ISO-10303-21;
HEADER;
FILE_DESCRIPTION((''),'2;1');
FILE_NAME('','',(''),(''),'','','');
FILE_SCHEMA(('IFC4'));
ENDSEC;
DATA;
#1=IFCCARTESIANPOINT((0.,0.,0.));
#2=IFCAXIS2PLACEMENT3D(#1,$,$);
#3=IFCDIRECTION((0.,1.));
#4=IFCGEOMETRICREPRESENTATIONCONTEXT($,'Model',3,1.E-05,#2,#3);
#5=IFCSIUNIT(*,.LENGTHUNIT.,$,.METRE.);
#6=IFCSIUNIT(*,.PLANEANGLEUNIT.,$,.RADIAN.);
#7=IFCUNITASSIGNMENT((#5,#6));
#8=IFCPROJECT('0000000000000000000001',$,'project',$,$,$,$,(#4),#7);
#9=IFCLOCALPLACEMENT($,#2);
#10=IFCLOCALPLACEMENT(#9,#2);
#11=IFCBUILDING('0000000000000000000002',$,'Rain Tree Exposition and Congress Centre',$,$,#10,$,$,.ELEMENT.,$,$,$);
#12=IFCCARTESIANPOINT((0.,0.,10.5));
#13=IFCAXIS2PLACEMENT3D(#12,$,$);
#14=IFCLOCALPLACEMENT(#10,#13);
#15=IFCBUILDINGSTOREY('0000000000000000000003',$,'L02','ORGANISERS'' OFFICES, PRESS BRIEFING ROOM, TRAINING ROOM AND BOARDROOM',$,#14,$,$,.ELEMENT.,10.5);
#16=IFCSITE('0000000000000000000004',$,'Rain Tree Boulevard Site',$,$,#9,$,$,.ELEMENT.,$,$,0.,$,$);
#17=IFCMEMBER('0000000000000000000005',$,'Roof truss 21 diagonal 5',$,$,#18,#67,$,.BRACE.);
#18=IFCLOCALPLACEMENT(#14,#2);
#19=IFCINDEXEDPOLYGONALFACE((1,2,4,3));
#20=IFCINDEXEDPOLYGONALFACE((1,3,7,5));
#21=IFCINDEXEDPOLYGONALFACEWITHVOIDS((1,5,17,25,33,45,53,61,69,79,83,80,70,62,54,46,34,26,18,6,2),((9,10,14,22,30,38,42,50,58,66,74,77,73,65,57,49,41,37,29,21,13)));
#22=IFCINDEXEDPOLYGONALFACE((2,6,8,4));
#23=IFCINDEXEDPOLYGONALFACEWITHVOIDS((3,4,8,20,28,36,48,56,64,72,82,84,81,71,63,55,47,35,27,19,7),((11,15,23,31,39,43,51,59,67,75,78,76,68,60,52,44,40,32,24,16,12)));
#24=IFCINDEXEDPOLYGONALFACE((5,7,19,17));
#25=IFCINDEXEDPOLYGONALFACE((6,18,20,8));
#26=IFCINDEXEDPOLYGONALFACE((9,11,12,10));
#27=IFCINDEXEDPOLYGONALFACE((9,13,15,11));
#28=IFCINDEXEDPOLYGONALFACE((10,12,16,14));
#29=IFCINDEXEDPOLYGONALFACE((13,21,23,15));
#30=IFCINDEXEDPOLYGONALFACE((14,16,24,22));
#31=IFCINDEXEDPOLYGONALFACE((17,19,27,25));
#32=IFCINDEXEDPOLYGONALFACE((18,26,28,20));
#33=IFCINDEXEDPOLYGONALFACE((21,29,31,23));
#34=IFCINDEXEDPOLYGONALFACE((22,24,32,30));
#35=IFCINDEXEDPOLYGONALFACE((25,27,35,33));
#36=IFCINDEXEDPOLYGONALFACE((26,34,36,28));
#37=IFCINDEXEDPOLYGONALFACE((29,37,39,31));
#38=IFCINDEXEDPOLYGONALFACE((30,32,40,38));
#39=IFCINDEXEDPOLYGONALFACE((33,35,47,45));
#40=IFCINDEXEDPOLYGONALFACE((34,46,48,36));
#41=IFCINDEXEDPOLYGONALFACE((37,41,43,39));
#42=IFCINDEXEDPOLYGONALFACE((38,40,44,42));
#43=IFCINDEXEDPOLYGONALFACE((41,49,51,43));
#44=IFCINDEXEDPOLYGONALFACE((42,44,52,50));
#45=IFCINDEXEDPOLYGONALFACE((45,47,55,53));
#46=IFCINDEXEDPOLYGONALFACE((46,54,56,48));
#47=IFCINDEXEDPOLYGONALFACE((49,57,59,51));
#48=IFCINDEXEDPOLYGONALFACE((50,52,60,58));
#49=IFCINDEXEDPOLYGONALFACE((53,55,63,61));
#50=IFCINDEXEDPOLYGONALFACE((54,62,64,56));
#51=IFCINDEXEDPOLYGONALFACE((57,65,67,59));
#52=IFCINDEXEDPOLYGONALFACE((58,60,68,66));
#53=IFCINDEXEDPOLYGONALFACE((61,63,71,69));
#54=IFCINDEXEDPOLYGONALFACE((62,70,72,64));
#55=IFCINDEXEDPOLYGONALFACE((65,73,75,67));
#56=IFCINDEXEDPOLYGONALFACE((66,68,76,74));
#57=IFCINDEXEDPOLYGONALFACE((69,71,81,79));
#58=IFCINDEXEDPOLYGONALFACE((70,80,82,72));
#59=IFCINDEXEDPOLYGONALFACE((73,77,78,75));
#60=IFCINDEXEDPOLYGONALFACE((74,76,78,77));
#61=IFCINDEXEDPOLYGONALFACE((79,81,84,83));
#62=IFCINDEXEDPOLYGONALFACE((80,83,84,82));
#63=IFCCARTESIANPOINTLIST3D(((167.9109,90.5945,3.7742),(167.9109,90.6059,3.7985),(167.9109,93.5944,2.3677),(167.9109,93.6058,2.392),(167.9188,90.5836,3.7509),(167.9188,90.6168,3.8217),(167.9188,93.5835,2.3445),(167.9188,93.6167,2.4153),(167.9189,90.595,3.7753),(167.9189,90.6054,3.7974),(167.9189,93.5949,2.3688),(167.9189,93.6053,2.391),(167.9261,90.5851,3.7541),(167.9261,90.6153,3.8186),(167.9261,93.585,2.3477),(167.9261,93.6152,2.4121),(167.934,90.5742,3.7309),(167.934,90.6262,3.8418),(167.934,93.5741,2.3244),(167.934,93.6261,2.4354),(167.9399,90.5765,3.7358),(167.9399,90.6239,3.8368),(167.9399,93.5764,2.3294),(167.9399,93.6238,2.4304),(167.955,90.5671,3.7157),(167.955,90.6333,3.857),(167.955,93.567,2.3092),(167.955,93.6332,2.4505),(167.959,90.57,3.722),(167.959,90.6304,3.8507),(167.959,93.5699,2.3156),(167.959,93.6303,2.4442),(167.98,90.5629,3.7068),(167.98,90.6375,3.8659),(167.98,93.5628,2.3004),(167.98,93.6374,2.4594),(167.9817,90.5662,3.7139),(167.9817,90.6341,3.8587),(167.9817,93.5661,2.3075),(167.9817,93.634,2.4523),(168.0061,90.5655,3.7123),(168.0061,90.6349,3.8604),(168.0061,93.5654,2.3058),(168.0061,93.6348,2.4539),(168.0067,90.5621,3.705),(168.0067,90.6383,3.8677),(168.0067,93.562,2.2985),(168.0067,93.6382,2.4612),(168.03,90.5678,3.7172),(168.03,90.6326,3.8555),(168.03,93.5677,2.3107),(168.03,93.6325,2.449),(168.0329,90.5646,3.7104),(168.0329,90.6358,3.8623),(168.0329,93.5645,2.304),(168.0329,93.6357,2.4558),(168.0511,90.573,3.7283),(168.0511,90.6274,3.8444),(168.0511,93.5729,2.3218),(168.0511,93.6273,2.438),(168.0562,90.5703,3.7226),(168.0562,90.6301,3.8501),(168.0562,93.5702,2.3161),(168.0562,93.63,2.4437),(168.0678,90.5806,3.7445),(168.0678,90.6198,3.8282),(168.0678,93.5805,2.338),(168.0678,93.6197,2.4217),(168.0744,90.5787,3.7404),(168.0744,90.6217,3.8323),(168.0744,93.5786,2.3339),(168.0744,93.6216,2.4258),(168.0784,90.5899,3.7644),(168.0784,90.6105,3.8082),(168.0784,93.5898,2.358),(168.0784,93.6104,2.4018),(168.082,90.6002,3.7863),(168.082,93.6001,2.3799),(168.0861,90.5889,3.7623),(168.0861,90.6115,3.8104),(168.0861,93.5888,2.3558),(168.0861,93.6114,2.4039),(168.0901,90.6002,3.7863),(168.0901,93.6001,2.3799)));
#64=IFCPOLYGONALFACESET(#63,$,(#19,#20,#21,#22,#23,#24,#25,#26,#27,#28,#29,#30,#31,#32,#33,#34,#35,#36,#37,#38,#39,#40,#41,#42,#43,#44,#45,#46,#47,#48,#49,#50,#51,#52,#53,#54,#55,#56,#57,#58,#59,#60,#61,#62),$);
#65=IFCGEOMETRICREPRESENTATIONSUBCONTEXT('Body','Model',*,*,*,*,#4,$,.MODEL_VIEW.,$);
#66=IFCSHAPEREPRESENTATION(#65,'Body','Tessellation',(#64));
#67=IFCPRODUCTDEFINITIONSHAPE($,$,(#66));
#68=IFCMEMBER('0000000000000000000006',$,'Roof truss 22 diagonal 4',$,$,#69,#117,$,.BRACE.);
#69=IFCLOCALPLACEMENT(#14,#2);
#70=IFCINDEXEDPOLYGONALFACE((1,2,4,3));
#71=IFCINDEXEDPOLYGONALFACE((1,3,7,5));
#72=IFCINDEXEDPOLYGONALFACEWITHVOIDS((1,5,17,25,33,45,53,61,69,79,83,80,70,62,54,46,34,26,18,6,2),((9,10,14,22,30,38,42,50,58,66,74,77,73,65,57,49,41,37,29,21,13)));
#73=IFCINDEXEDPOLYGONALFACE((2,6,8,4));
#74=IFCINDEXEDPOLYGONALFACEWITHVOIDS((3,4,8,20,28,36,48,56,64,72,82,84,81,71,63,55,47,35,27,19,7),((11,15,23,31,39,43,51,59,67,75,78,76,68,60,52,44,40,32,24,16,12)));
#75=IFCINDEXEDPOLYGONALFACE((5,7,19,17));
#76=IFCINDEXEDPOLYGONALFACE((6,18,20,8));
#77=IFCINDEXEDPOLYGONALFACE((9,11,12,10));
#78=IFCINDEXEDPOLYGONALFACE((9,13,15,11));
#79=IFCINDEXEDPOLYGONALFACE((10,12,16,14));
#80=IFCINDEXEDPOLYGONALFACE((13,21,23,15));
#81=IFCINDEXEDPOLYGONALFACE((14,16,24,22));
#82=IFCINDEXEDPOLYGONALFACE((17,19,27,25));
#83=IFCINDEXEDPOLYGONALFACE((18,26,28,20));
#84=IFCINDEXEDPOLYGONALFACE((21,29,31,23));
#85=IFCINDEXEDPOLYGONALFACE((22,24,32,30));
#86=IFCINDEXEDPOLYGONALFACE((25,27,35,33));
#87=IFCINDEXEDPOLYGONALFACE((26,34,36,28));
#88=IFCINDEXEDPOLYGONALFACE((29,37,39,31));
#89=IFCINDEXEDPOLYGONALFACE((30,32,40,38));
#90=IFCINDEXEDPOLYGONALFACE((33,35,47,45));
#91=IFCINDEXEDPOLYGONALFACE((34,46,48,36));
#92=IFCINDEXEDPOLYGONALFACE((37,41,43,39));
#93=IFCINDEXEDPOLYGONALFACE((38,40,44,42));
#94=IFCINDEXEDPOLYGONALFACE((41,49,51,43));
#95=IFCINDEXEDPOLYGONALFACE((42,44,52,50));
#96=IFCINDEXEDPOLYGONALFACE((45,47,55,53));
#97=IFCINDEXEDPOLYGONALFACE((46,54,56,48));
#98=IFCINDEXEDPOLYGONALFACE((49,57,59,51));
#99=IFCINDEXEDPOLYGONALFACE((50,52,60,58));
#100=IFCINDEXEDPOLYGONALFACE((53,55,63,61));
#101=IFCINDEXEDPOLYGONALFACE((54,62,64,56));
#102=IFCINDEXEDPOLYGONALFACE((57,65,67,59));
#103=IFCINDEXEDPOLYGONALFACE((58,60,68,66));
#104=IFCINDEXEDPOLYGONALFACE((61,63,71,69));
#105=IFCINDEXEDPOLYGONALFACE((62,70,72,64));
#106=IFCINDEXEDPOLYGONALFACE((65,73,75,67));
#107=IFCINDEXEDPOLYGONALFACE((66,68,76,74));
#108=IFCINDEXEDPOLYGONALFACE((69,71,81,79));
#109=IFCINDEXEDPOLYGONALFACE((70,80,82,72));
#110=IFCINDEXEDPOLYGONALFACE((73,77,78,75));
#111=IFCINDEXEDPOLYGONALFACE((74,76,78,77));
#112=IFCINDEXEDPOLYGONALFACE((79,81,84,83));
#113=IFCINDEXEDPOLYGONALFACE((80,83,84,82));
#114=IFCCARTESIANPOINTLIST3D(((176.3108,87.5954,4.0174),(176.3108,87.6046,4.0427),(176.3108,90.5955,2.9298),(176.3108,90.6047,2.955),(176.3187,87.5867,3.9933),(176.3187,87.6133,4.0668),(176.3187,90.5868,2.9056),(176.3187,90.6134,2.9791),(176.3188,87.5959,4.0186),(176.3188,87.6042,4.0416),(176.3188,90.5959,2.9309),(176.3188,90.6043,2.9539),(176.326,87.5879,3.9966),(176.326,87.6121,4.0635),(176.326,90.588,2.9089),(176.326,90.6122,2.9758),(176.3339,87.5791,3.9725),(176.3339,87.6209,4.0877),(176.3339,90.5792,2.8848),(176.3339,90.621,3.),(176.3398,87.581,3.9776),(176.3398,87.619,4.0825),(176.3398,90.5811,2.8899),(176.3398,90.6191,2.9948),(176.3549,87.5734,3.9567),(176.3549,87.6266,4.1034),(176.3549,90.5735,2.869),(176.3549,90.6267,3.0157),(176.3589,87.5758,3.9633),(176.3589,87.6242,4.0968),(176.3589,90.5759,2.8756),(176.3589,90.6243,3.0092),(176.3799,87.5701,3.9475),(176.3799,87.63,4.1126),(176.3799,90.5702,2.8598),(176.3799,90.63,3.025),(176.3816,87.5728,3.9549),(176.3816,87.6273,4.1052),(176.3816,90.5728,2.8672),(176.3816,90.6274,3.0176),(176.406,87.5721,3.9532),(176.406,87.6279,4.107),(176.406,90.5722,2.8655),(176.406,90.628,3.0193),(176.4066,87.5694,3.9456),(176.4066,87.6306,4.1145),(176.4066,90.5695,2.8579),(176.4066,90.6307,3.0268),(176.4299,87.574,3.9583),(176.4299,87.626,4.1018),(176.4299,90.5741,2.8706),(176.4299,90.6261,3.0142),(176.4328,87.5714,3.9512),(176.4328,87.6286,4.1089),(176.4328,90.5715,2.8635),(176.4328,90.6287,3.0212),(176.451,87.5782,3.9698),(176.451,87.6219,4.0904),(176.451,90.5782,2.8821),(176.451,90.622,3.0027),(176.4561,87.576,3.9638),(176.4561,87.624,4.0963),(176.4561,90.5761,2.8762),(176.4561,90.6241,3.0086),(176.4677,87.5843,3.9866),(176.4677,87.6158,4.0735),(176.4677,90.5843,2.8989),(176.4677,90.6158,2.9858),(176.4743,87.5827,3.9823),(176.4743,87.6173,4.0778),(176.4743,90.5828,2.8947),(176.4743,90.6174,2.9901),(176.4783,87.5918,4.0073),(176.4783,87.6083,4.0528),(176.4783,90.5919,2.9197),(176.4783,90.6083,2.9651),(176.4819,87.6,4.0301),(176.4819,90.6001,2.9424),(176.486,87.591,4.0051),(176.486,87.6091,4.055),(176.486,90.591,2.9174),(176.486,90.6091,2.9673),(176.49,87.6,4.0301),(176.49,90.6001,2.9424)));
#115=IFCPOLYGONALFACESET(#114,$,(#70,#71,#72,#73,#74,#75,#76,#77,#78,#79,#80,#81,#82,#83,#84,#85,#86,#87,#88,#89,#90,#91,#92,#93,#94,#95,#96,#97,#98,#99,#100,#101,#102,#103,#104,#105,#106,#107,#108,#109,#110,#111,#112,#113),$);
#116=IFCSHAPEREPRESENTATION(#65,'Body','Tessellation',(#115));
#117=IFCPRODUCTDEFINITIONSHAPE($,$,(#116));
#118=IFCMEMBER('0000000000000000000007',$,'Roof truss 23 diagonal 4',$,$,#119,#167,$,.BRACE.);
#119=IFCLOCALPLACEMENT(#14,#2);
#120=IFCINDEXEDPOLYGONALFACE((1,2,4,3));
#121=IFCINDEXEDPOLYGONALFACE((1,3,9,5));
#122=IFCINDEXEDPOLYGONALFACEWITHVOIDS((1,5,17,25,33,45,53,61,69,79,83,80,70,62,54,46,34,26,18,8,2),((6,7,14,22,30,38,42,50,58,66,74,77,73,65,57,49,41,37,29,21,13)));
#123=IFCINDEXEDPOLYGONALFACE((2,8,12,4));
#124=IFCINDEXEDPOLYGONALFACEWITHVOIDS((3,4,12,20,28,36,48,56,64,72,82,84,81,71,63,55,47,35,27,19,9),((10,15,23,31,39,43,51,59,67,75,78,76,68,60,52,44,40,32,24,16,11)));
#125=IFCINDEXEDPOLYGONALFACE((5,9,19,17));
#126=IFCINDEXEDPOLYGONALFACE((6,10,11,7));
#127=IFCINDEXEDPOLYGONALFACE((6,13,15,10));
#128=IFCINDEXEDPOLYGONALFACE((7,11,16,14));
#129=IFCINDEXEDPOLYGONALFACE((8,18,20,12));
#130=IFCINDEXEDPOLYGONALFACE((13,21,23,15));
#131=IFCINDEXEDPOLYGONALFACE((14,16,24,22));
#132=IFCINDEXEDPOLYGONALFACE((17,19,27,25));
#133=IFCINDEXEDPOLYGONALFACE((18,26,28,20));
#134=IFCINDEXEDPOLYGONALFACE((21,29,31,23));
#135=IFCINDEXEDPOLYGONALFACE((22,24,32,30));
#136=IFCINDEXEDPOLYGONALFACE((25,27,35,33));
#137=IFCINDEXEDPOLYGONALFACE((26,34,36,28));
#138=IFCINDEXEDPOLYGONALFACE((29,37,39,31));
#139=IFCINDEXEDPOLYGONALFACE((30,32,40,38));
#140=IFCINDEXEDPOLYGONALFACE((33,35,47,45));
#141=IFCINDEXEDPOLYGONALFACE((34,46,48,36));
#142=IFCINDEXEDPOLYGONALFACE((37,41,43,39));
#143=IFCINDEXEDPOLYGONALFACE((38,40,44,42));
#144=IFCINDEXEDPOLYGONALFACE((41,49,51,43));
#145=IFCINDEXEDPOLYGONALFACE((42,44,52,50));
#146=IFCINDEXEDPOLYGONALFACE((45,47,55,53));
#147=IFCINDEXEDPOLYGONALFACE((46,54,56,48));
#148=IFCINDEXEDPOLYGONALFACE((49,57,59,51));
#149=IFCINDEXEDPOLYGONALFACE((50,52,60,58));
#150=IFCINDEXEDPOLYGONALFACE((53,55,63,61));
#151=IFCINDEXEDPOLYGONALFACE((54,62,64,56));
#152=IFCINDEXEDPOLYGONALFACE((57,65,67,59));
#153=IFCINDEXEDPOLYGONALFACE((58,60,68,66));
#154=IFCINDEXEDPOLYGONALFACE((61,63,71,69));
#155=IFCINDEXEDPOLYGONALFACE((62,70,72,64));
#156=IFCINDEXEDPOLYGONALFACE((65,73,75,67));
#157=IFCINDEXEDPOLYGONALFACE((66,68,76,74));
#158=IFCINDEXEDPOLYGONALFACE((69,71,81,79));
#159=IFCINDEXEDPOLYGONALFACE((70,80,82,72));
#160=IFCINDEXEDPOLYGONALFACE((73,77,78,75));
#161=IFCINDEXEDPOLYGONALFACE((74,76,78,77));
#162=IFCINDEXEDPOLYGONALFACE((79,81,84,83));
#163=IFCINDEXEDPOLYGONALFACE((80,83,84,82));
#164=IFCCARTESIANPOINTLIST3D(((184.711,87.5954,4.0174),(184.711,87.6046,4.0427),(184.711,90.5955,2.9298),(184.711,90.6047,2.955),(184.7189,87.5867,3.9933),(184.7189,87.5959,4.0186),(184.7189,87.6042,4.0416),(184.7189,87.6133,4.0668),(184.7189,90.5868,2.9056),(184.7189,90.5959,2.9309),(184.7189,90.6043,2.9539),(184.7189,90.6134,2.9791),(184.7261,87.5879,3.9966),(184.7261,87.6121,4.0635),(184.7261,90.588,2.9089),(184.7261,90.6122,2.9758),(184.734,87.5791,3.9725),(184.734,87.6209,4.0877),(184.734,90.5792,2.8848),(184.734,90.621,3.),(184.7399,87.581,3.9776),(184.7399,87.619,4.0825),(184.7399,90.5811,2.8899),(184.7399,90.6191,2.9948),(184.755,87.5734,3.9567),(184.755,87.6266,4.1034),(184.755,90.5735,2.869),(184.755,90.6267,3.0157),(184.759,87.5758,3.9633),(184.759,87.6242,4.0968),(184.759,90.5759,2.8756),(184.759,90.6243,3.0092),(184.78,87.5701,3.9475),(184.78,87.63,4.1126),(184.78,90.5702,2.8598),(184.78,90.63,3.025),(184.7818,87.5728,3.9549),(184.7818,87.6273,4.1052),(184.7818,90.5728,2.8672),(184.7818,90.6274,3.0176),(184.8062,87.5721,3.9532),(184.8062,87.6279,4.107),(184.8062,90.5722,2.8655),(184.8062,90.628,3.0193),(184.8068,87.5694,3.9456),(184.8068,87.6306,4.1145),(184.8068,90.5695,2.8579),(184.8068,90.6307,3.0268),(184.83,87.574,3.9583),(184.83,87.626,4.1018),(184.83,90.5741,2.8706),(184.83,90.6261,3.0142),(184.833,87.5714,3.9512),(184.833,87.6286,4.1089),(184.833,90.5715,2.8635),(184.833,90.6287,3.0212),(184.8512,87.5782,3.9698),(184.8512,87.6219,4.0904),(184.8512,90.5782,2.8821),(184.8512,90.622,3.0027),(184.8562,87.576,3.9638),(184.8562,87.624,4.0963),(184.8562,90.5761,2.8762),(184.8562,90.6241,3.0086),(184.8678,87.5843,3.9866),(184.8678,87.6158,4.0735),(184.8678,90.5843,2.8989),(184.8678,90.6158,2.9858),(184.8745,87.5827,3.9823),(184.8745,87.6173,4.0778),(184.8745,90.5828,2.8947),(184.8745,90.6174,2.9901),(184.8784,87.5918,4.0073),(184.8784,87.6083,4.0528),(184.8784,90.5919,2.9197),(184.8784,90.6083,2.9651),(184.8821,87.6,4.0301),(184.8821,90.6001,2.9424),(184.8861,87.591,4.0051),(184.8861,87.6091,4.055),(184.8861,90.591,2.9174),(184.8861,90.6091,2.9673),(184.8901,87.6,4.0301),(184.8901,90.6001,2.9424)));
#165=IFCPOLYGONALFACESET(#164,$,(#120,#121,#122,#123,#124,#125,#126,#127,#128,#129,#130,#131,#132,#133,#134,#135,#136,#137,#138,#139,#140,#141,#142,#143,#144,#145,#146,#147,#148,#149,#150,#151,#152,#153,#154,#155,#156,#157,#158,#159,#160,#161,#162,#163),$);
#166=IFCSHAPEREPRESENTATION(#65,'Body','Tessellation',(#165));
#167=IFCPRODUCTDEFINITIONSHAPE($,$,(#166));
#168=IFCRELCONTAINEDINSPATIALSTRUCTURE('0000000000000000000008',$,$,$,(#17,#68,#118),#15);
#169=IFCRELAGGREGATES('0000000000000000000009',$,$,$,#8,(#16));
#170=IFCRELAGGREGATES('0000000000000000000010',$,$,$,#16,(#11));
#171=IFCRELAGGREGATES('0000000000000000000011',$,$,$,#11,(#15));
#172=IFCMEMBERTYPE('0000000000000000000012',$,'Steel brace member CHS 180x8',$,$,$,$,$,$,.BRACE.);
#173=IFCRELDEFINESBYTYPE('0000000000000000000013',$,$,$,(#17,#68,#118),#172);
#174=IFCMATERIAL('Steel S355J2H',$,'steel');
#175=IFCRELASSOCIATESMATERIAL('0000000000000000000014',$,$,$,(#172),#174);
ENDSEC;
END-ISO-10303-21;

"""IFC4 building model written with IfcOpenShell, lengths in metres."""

from ifc_helpers import new_model, si_unit, direction, frame, origin, origin_2d, place, context, subcontext, project, spatial, hollow_circle, extrude, material, material_profile, profile_set, type_object, element, save


model = new_model("IFC4")

# Units and contexts
model_context = context("Model", 3, precision=1e-05, world=origin(), true_north=direction((0.0, 1.0)))
body_context = subcontext(model_context, "Body", "Model", "MODEL_VIEW")
ifc_project = project(units=[si_unit("LENGTHUNIT", "METRE"), si_unit("PLANEANGLEUNIT", "RADIAN")], contexts=[model_context])

# Site, building, storey
site_placement = place(None, origin())
site = spatial("IfcSite", under=ifc_project, at=site_placement, Name="Rain Tree Boulevard Site", CompositionType="ELEMENT", RefElevation=0.0)
building_placement = place(site_placement, origin())
building = spatial("IfcBuilding", under=site, at=building_placement, Name="Rain Tree Exposition and Congress Centre", CompositionType="ELEMENT")
storey_placement = place(building_placement, frame((0.0, 0.0, 10.5)))
storey = spatial("IfcBuildingStorey", under=building, at=storey_placement, Name="L02", Description="ORGANISERS' OFFICES, PRESS BRIEFING ROOM, TRAINING ROOM AND BOARDROOM", CompositionType="ELEMENT", Elevation=10.5)

# Members
ifc_material_1 = material(Name="Steel S355J2H", Category="steel")
ifc_material_profile_1 = material_profile(ifc_material_1, hollow_circle(Radius=0.0901, WallThickness=0.0081, at=origin_2d()), Name="CHS 180x8")
ifc_profile_set_1 = profile_set([ifc_material_profile_1], Name="Steel S355J2H")
member_type_1 = type_object("IfcMemberType", Name="Steel brace member CHS 180x8", PredefinedType="BRACE", material=ifc_profile_set_1)
member_1_placement = place(storey_placement, frame((168.0, 93.6001, 2.3799), z_axis=(0.0, -0.905431, 0.424494), x_axis=(1.0, 0.0, 0.0)))
element("IfcMember", 1, at=member_1_placement, inside=storey, type_object=member_type_1, Name="Roof truss 21 diagonal 5", PredefinedType="BRACE", context=body_context, shape_type="SweptSolid", body=[
    extrude(hollow_circle(Radius=0.0901, WallThickness=0.0081, at=origin_2d()), origin(), (0.0, 0.0, 1.0), 3.3132),
])
for number, where, z_axis, x_axis, name in (
    (2, (176.3999, 90.6001, 2.9424), (0.0, -0.940121, 0.34084), (1.0, 0.0, 0.0), "Roof truss 22 diagonal 4"),
    (3, (184.8, 90.6001, 2.9424), (0.0, -0.940121, 0.34084), (1.0, 0.0, 0.0), "Roof truss 23 diagonal 4"),
):
    element("IfcMember", number, at=place(storey_placement, frame(where, z_axis=z_axis, x_axis=x_axis)), inside=storey, type_object=member_type_1, Name=name, PredefinedType="BRACE", context=body_context, shape_type="SweptSolid", body=[
        extrude(hollow_circle(Radius=0.0901, WallThickness=0.0081, at=origin_2d()), origin(), (0.0, 0.0, 1.0), 3.1912),
    ])

save(model, "model.ifc")
